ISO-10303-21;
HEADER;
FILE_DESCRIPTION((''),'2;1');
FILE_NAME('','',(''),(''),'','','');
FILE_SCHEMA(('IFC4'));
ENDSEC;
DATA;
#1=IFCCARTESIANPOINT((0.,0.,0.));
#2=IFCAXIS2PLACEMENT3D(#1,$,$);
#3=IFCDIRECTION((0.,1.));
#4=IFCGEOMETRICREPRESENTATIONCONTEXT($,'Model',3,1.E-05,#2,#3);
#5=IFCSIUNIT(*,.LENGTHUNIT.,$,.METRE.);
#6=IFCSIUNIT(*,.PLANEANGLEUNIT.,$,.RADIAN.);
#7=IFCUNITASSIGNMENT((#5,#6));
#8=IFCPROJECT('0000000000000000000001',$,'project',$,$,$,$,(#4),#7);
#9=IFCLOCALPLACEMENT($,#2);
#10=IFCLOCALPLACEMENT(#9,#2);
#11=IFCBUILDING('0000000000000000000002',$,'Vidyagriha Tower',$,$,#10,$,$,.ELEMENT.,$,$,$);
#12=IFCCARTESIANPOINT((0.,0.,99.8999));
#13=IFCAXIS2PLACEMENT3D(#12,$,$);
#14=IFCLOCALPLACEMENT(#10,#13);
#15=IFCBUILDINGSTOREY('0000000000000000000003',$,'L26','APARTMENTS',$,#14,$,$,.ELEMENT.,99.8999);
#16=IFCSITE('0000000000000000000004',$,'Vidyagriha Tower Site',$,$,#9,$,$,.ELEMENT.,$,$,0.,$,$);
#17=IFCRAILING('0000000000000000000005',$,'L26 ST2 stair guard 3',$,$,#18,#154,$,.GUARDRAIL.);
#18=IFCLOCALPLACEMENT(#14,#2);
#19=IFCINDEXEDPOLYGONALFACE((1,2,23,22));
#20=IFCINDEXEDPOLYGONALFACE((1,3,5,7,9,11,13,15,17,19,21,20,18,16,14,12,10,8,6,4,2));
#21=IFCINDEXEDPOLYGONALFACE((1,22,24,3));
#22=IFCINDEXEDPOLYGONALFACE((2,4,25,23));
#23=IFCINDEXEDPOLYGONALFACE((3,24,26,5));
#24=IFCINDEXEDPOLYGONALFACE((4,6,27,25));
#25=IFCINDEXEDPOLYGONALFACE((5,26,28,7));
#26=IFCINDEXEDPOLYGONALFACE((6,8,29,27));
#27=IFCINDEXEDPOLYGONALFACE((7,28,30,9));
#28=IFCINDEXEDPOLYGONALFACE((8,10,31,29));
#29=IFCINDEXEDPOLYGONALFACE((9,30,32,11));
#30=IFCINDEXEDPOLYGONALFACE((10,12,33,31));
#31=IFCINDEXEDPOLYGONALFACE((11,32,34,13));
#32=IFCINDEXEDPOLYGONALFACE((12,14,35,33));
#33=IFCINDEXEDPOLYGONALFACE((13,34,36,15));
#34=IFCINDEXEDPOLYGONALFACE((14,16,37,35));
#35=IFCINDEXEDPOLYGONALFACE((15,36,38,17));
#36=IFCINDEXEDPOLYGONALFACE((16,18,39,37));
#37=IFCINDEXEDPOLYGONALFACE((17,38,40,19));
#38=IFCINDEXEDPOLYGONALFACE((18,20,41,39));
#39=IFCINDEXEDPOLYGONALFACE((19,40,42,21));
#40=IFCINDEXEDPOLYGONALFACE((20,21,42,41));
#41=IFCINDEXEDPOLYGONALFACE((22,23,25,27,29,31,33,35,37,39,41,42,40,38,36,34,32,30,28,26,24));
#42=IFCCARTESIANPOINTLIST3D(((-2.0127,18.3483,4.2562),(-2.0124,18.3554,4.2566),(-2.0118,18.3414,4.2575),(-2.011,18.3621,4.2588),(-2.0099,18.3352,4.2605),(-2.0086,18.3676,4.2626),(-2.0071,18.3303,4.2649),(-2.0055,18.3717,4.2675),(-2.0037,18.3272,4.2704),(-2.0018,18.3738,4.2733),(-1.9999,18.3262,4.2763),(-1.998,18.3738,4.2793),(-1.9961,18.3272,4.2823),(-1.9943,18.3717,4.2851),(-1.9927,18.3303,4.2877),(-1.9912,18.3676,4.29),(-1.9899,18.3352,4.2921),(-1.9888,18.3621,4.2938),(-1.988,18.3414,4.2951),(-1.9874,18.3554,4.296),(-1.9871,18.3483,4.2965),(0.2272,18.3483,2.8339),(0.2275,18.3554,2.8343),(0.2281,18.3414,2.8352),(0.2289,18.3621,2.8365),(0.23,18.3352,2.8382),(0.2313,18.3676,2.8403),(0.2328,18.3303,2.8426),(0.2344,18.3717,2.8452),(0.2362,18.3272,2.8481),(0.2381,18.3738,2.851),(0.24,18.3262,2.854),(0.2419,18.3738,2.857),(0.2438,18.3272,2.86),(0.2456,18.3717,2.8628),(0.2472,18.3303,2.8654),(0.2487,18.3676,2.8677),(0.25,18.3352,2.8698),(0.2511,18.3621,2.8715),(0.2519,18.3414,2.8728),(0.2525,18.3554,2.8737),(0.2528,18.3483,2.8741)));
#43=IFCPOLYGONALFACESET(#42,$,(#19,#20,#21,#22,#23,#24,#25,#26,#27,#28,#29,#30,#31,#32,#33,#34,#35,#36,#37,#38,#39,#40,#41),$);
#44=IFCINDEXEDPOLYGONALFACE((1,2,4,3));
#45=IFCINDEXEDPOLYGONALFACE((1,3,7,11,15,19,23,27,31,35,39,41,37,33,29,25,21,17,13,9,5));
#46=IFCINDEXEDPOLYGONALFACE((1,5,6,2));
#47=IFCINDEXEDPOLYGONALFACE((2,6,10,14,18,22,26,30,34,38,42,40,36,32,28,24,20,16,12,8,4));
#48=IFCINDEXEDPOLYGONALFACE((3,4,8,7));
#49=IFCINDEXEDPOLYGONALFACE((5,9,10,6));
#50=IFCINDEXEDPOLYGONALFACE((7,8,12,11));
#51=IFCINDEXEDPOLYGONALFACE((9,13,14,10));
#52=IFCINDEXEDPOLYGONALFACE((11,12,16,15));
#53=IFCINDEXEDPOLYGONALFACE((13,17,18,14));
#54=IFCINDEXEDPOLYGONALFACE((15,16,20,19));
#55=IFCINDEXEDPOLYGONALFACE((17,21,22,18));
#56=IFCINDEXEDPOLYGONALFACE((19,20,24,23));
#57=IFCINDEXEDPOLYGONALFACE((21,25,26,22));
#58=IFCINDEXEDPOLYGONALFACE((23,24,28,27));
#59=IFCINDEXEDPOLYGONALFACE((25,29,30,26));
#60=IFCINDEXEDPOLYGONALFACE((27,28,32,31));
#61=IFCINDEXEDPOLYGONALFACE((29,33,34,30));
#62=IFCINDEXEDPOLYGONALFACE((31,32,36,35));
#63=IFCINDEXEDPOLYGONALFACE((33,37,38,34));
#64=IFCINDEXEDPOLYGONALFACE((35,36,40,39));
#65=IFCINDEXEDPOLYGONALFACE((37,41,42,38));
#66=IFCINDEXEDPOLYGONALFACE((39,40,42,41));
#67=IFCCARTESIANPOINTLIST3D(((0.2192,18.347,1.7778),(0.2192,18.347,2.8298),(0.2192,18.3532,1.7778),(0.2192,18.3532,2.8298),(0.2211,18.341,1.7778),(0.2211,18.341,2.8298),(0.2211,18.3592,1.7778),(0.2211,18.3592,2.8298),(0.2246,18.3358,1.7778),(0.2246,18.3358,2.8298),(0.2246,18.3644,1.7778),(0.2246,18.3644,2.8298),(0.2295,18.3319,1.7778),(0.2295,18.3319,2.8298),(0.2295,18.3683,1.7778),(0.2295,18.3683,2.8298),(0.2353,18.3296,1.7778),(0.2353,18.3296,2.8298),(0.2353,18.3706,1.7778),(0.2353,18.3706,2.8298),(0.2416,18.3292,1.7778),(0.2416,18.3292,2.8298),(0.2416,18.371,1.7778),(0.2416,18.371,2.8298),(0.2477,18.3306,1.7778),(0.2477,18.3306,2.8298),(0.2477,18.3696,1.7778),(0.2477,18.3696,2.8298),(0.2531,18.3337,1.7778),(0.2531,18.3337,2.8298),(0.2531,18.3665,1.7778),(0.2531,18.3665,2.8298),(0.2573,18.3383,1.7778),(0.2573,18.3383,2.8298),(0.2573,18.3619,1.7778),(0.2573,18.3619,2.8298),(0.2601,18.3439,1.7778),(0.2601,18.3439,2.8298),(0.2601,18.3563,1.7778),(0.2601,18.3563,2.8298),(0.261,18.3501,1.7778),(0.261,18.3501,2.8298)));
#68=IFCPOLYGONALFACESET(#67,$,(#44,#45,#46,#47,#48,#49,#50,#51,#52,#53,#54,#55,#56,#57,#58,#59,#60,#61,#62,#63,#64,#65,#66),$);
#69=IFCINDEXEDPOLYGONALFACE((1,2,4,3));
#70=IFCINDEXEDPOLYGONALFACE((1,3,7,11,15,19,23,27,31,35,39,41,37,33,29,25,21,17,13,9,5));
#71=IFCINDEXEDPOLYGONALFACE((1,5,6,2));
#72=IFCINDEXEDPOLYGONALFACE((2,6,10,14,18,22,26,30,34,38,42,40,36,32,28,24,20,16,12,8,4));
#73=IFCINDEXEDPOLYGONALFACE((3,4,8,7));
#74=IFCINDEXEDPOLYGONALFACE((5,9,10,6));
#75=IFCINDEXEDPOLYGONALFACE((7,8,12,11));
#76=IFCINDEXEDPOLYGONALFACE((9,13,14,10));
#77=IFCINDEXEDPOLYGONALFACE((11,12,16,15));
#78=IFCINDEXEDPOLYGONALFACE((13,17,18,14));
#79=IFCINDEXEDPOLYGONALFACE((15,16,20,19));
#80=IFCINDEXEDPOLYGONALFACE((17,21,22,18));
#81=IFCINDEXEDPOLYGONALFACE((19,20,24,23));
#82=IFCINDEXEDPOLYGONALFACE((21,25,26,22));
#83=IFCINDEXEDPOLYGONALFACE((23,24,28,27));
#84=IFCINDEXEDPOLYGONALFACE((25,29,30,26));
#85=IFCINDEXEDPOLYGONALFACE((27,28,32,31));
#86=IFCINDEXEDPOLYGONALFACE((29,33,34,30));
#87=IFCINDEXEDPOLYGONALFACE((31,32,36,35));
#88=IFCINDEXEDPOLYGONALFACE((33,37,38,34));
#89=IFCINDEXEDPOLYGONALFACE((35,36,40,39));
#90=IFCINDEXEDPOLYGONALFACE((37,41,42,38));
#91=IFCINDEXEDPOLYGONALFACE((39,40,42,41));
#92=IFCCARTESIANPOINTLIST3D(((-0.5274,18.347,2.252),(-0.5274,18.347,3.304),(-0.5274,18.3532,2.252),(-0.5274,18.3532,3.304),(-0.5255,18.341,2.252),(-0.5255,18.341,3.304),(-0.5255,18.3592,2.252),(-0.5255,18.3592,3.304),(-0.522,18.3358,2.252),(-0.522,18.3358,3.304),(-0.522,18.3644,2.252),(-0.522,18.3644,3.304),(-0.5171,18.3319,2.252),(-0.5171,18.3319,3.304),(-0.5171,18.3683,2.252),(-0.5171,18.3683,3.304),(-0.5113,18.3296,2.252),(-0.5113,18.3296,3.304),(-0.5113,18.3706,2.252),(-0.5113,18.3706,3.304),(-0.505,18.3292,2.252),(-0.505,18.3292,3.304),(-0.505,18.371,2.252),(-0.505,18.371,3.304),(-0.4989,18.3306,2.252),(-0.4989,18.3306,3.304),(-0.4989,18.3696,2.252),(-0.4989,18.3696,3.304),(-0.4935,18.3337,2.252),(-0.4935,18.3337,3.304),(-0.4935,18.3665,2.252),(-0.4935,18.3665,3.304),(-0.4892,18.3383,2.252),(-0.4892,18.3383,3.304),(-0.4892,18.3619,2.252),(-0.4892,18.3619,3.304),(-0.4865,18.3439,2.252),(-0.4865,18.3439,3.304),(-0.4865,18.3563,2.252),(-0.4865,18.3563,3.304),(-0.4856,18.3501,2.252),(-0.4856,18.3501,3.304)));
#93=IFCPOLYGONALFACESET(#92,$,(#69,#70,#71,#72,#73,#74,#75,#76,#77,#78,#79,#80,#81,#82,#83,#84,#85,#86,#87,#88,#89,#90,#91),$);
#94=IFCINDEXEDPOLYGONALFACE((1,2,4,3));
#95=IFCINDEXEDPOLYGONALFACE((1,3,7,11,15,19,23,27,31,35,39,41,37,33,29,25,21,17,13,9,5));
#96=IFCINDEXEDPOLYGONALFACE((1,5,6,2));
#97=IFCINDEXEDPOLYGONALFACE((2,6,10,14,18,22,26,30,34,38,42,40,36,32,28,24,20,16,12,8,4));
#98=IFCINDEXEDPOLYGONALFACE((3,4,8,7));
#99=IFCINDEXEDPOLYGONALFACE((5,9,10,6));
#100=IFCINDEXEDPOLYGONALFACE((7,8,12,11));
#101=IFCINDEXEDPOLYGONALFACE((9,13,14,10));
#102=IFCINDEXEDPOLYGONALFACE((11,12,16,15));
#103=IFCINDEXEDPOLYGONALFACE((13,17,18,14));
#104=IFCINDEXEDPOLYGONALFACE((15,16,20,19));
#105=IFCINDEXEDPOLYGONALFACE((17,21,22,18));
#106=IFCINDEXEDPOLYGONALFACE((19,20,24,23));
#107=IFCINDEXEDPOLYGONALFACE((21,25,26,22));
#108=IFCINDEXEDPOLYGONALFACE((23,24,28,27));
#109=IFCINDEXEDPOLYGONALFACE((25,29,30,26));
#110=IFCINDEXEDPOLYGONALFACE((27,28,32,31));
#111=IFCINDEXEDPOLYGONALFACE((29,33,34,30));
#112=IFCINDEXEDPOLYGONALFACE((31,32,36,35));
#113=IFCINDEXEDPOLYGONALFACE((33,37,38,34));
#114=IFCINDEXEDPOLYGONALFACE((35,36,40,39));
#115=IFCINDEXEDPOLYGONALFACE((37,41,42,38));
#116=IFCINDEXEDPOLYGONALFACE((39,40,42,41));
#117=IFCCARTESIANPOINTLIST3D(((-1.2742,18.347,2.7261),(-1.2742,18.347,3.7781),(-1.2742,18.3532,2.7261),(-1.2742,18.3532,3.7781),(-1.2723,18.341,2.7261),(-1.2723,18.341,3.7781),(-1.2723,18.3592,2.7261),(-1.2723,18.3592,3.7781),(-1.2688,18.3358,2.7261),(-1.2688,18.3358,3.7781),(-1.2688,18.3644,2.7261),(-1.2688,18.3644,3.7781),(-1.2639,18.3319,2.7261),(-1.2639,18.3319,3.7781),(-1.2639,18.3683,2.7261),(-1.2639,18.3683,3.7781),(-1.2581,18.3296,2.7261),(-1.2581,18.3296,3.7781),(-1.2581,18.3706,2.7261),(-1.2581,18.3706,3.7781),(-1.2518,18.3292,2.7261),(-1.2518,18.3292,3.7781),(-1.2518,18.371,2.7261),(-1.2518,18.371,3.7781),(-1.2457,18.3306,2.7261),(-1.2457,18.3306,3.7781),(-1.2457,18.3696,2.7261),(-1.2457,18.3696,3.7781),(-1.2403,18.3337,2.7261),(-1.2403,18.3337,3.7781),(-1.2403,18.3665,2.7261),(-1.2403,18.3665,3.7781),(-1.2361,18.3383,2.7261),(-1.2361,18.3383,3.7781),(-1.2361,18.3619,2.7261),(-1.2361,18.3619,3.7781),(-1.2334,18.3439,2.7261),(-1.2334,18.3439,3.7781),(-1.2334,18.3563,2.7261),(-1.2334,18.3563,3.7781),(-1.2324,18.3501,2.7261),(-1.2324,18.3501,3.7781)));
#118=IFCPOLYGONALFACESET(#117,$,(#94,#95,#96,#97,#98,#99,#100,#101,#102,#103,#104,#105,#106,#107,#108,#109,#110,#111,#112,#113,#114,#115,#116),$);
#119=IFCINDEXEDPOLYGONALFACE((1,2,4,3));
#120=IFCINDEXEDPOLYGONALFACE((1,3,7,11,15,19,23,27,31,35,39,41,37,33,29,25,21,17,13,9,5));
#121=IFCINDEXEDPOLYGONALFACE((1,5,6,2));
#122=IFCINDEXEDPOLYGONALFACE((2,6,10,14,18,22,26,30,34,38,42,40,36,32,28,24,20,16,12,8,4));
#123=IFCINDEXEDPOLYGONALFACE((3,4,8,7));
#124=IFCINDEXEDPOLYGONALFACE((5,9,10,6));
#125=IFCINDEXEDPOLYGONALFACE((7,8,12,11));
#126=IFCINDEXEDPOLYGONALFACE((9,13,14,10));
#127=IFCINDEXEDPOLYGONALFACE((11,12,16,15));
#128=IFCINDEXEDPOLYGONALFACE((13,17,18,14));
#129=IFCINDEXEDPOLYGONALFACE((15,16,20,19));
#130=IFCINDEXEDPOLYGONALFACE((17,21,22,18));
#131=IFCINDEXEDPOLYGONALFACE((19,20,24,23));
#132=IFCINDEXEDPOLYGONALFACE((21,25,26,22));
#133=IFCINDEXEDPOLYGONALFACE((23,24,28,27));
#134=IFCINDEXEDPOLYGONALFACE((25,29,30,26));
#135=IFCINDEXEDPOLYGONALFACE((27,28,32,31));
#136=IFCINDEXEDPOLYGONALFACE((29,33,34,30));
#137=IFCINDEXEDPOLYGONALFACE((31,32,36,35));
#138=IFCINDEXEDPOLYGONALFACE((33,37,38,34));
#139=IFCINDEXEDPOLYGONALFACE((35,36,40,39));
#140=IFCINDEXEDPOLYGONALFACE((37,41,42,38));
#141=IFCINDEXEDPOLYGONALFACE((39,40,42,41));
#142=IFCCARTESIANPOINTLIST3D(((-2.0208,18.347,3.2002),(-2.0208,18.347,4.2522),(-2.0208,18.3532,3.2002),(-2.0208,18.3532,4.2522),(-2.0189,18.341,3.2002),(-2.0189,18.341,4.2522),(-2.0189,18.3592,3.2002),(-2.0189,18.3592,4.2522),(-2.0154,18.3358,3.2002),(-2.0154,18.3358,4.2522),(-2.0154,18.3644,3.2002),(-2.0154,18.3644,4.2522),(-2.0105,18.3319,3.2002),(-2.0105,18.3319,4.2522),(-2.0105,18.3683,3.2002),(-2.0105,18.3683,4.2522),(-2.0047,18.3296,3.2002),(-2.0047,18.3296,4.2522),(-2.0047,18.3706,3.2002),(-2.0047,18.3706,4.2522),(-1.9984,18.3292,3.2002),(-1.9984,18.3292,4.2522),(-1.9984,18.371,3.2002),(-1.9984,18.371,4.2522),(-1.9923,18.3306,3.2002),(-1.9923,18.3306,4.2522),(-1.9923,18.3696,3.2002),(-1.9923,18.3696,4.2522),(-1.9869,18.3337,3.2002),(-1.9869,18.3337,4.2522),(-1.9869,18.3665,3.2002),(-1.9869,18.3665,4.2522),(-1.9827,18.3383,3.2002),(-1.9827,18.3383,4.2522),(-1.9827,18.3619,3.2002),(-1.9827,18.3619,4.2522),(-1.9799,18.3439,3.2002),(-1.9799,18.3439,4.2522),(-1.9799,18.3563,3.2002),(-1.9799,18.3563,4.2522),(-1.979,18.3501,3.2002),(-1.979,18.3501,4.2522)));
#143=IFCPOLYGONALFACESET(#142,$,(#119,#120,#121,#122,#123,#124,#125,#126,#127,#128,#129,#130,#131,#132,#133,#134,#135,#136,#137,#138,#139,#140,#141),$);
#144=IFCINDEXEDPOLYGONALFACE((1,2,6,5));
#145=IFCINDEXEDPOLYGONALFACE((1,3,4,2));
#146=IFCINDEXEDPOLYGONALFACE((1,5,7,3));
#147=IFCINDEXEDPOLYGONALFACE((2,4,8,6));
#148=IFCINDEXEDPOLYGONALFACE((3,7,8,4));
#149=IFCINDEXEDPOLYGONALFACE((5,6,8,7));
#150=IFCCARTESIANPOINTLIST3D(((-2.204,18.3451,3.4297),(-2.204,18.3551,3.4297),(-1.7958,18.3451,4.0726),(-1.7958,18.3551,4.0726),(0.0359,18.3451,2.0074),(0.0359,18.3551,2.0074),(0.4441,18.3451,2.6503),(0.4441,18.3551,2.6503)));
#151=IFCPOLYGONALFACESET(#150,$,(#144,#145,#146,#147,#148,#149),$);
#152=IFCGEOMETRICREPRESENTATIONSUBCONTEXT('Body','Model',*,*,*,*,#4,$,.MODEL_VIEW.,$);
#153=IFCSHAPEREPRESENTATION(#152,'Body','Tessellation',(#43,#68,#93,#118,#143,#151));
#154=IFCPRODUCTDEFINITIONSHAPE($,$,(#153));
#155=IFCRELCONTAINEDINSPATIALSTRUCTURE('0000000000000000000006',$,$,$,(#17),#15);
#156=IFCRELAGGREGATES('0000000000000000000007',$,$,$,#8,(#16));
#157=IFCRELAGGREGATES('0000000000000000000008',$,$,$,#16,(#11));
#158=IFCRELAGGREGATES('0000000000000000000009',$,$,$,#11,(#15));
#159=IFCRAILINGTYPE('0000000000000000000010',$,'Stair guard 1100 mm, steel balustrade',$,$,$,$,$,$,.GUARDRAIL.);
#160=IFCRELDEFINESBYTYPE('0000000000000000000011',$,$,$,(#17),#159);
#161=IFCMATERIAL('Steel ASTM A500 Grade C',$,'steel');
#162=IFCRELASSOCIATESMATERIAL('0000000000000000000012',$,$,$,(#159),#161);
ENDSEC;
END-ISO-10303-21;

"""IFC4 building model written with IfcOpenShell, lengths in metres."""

from ifc_helpers import new_model, si_unit, direction, frame, origin, origin_2d, place, context, subcontext, project, spatial, rectangle, circle, extrude, material, type_object, element, save


model = new_model("IFC4")

# Units and contexts
model_context = context("Model", 3, precision=1e-05, world=origin(), true_north=direction((0.0, 1.0)))
body_context = subcontext(model_context, "Body", "Model", "MODEL_VIEW")
ifc_project = project(units=[si_unit("LENGTHUNIT", "METRE"), si_unit("PLANEANGLEUNIT", "RADIAN")], contexts=[model_context])

# Site, building, storey
site_placement = place(None, origin())
site = spatial("IfcSite", under=ifc_project, at=site_placement, Name="Vidyagriha Tower Site", CompositionType="ELEMENT", RefElevation=0.0)
building_placement = place(site_placement, origin())
building = spatial("IfcBuilding", under=site, at=building_placement, Name="Vidyagriha Tower", CompositionType="ELEMENT")
storey_placement = place(building_placement, frame((0.0, 0.0, 99.8999)))
storey = spatial("IfcBuildingStorey", under=building, at=storey_placement, Name="L26", Description="APARTMENTS", CompositionType="ELEMENT", Elevation=99.8999)

# Railing
ifc_material_1 = material(Name="Steel ASTM A500 Grade C", Category="steel")
railing_type_1 = type_object("IfcRailingType", Name="Stair guard 1100 mm, steel balustrade", PredefinedType="GUARDRAIL", material=ifc_material_1)
railing_1_placement = place(storey_placement, frame((0.24, 18.3501, 1.7778)))
element("IfcRailing", 1, at=railing_1_placement, inside=storey, type_object=railing_type_1, Name="L26 ST2 stair guard 3", PredefinedType="GUARDRAIL", context=body_context, shape_type="SweptSolid", body=[
    extrude(circle(Radius=0.0239, at=origin_2d()), frame((0.0, 0.0, 1.0762), z_axis=(-0.844188, 0.0, 0.536048), x_axis=(0.0, -1.0, 0.0)), (0.0, 0.0, 1.0), 2.6533),
    extrude(circle(Radius=0.021, at=origin_2d()), origin(), (0.0, 0.0, 1.0), 1.052),
    extrude(circle(Radius=0.021, at=origin_2d()), frame((-0.7466, 0.0, 0.4741)), (0.0, 0.0, 1.0), 1.052),
    extrude(circle(Radius=0.021, at=origin_2d()), frame((-1.4934, 0.0, 0.9482)), (0.0, 0.0, 1.0), 1.052),
    extrude(circle(Radius=0.021, at=origin_2d()), frame((-2.24, 0.0, 1.4224)), (0.0, 0.0, 1.0), 1.052),
    extrude(rectangle(XDim=0.01, YDim=0.7615, at=origin_2d()), frame((0.0, 0.0, 0.551), z_axis=(-0.844188, 0.0, 0.536048), x_axis=(0.0, -1.0, 0.0)), (0.0, 0.0, 1.0), 2.6533),
])

save(model, "model.ifc")
